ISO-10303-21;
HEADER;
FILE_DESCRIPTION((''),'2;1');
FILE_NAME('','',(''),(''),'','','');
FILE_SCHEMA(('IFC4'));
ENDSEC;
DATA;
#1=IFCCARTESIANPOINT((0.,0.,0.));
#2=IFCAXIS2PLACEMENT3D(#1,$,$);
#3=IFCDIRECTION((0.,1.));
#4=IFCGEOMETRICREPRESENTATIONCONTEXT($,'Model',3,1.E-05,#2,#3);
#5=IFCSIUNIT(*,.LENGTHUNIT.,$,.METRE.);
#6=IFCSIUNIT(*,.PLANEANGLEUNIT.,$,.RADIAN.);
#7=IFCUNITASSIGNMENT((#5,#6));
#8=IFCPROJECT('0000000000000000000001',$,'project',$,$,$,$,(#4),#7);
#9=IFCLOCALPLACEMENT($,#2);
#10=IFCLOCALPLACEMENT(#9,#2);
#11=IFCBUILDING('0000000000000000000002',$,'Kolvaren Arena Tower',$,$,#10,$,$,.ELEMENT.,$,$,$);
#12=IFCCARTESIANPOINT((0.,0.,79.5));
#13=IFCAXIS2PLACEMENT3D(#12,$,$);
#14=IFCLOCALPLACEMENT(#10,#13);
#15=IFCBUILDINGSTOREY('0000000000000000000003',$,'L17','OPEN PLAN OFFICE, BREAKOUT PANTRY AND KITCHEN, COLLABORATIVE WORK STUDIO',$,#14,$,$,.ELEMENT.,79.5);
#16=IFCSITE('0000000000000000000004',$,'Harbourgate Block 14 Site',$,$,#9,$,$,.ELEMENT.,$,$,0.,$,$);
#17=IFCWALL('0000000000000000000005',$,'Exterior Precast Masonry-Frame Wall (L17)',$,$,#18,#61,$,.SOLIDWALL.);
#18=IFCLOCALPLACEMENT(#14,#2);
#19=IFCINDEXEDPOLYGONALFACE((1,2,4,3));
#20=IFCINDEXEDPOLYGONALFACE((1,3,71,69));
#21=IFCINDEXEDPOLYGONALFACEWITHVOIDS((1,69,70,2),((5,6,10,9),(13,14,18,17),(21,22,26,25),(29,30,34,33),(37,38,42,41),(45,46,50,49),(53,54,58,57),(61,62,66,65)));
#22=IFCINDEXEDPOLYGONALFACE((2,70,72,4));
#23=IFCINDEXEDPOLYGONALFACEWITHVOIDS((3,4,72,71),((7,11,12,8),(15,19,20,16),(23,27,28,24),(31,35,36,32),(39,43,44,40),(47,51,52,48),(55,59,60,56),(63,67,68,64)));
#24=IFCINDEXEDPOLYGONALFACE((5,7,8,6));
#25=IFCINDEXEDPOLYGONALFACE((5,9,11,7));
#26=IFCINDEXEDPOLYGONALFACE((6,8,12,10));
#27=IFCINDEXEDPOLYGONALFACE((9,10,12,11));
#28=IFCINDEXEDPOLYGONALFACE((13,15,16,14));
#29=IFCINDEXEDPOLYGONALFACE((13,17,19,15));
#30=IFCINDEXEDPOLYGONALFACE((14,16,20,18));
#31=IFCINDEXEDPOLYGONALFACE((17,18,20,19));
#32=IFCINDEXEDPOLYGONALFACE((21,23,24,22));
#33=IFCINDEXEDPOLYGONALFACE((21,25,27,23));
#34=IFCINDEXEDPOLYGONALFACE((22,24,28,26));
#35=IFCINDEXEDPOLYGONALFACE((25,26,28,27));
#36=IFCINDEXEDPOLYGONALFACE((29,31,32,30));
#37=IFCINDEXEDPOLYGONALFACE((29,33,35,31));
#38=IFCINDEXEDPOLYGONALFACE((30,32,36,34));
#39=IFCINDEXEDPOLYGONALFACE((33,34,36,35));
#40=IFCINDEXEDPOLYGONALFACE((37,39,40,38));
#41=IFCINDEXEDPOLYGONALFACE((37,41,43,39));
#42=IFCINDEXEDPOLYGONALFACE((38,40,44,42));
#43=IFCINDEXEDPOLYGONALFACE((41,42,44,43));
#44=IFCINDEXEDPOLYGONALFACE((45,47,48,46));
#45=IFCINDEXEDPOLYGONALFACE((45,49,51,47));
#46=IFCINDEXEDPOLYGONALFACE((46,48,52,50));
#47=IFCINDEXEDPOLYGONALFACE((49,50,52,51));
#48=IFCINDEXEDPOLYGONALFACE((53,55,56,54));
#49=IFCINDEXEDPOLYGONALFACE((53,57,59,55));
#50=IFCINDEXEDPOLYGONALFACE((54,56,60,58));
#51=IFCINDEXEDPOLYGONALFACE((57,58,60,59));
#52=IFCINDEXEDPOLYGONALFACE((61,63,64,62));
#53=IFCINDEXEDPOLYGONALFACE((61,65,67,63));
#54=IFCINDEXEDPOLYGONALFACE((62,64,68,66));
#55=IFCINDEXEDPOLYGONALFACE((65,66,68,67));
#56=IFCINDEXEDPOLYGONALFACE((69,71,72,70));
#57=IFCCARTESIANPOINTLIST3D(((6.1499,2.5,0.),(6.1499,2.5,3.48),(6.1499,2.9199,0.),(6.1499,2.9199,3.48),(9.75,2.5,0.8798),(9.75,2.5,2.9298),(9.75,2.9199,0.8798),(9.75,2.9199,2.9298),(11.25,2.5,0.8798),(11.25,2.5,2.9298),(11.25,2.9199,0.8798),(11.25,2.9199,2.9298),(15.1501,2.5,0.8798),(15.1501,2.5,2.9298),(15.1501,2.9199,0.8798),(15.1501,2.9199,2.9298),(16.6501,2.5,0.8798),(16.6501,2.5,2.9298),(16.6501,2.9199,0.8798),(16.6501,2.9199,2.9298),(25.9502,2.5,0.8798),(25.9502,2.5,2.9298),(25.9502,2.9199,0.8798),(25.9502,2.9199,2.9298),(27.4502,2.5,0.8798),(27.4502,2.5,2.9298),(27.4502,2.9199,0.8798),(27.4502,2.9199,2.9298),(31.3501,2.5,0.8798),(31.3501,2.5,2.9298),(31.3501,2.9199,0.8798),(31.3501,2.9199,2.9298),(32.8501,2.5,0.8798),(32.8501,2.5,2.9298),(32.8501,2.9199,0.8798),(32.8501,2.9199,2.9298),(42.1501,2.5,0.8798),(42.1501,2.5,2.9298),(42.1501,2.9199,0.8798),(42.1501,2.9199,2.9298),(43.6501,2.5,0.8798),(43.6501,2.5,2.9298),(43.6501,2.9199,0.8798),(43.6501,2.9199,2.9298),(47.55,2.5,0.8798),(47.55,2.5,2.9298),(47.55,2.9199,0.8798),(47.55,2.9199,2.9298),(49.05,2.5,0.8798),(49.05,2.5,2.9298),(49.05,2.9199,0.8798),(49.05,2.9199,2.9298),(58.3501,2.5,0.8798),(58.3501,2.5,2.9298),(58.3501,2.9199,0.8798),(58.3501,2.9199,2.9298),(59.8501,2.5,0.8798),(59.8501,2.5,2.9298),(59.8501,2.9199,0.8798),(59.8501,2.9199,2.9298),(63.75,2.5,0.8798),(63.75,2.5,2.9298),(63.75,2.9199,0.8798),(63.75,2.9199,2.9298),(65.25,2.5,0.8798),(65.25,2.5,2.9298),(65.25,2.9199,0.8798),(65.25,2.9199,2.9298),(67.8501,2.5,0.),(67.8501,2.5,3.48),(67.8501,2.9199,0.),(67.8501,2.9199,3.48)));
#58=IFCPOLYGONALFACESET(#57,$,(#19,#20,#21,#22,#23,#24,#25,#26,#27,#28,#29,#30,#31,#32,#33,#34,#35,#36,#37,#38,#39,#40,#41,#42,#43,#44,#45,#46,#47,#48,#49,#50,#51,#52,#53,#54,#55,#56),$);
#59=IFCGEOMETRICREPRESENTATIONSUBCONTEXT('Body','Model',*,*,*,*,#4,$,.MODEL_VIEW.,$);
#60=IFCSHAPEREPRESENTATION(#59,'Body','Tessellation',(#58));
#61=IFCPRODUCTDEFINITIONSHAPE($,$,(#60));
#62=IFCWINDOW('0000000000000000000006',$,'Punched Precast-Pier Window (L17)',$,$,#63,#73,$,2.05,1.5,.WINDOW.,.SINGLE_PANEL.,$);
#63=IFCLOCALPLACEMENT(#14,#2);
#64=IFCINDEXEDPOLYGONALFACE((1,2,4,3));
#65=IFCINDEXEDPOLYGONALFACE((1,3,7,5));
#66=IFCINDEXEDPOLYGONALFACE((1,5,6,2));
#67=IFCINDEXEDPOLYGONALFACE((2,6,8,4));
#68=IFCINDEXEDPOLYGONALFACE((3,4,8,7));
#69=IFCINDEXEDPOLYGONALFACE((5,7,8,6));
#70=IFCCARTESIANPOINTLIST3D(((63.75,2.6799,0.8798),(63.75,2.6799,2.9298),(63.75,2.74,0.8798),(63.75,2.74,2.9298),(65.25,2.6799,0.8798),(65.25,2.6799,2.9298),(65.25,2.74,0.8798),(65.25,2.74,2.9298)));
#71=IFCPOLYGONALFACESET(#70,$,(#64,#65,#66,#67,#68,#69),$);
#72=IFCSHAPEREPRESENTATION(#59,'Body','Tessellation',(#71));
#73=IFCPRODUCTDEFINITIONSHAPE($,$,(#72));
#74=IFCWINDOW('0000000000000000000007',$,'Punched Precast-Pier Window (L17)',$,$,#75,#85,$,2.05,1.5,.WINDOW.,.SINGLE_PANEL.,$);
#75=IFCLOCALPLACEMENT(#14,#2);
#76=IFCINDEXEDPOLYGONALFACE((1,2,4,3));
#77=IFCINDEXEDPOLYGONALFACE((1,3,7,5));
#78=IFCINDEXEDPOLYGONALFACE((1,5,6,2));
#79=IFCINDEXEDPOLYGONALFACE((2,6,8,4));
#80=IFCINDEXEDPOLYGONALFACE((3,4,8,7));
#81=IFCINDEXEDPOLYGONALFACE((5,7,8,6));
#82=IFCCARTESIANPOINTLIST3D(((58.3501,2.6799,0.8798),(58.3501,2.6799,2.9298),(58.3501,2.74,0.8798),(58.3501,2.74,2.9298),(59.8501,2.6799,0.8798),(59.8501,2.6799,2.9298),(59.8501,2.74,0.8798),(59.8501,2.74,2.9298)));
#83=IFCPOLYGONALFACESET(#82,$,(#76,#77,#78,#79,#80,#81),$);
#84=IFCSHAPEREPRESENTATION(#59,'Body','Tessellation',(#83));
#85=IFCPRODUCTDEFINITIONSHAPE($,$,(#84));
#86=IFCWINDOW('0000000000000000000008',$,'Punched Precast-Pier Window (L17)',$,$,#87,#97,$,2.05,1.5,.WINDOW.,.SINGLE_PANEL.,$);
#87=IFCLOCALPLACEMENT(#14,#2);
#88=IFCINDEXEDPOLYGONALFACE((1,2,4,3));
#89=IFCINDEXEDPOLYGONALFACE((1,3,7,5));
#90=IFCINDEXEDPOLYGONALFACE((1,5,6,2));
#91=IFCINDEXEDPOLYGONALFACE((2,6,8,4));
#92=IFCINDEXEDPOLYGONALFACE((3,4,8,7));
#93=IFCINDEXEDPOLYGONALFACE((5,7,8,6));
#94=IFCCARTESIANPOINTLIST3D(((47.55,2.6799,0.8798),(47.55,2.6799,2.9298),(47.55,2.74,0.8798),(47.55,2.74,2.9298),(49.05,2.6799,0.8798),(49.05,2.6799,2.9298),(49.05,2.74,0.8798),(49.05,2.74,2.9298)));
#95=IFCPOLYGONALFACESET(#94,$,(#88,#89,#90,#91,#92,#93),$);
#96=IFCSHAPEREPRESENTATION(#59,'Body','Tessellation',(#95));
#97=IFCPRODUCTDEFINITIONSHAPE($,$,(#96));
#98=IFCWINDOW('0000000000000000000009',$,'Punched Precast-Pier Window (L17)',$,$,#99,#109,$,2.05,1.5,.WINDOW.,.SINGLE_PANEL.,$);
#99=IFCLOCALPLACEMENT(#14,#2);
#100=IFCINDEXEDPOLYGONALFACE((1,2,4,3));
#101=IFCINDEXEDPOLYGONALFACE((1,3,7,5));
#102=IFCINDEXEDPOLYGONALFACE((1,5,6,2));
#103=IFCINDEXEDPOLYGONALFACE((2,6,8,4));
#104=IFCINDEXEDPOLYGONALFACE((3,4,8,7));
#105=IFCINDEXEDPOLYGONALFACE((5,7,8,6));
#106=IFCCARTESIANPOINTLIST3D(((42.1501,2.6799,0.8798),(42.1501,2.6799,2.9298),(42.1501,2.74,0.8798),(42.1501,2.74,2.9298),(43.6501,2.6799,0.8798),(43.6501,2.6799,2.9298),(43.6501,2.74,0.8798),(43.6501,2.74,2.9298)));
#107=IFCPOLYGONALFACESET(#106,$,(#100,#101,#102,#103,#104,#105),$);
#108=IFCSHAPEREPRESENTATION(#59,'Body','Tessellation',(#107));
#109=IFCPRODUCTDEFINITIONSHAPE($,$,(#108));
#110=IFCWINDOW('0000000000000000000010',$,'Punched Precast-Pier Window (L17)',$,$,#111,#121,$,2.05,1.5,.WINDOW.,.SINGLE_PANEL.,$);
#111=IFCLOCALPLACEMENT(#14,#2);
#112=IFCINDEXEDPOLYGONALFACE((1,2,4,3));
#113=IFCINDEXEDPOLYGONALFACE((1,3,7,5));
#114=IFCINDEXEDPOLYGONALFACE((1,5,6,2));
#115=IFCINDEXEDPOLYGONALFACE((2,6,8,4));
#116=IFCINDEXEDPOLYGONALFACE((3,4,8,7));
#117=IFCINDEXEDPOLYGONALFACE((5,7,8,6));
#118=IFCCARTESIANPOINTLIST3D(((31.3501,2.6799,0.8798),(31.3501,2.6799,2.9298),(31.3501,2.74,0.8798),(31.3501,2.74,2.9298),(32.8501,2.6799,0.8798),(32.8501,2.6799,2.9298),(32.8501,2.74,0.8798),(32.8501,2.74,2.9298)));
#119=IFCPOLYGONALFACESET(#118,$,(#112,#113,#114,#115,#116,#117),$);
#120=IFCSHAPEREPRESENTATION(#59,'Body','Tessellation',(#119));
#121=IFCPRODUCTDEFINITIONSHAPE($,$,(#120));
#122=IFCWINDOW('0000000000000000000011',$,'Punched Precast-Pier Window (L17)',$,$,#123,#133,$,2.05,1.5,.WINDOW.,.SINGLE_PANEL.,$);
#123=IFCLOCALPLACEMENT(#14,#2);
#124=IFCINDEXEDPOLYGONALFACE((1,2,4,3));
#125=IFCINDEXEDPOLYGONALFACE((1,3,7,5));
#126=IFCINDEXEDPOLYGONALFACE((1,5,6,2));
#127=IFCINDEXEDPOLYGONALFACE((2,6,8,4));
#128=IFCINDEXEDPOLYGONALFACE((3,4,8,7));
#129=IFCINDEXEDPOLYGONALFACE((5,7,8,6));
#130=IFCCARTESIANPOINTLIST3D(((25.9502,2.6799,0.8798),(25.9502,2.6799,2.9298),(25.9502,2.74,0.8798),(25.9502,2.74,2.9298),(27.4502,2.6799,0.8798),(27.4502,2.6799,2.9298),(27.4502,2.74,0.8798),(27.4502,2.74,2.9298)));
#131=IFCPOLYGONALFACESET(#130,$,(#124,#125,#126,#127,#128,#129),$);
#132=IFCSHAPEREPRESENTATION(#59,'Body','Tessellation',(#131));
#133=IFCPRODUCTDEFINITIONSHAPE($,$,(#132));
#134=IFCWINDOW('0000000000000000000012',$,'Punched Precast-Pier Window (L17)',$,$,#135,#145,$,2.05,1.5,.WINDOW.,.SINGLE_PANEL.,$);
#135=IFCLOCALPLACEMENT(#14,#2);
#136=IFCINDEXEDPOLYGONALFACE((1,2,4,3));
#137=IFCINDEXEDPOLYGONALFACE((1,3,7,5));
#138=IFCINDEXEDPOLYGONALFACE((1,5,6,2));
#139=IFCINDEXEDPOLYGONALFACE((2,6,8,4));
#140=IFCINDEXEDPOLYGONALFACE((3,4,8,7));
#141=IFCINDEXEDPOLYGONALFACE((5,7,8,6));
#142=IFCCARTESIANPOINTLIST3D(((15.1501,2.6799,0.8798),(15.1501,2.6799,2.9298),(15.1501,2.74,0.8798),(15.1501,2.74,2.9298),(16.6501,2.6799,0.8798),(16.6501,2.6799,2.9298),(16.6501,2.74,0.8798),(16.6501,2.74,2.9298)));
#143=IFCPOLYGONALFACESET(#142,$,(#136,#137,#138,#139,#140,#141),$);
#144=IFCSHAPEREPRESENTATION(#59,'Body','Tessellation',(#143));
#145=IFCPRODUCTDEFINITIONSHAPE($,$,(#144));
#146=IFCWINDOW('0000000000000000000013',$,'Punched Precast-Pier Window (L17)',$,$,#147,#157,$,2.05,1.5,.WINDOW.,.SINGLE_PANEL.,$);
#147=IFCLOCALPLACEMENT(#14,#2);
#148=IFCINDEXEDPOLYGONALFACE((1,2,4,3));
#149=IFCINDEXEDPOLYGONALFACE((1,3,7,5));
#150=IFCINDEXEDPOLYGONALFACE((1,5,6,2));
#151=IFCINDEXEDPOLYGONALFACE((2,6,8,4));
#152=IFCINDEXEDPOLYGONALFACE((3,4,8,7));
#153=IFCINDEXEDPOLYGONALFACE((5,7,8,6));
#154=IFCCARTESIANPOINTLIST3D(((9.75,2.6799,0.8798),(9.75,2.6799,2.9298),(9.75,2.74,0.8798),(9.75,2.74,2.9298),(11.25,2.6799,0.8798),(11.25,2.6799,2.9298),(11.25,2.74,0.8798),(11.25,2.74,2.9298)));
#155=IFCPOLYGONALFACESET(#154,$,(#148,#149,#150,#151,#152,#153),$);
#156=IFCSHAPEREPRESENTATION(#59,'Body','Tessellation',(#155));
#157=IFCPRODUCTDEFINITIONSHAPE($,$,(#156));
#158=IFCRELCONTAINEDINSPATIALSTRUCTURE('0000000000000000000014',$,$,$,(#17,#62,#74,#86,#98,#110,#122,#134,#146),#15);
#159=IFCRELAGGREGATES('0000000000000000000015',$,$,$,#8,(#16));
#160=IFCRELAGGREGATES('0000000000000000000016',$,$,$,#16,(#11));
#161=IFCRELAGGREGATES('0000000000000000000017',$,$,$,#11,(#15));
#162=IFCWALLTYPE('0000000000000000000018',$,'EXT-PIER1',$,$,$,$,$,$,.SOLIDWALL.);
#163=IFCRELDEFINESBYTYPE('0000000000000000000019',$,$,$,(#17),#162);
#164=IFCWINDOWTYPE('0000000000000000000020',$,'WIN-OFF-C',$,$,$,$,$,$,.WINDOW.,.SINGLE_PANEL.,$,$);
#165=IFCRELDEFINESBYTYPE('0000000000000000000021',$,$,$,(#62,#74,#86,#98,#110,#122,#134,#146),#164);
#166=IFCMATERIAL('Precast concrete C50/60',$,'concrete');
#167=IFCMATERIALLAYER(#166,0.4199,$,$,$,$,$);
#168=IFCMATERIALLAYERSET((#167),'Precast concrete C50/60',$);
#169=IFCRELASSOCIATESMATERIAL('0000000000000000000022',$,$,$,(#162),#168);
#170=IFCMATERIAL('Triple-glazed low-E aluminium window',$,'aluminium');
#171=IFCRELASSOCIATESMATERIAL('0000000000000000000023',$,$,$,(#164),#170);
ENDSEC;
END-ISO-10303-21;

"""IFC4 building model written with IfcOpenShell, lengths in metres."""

from ifc_helpers import new_model, si_unit, direction, frame, frame_2d, origin, place, context, subcontext, project, spatial, rectangle, extrude, material, layer, layer_set, type_object, element, fill, save


model = new_model("IFC4")

# Units and contexts
model_context = context("Model", 3, precision=1e-05, world=origin(), true_north=direction((0.0, 1.0)))
body_context = subcontext(model_context, "Body", "Model", "MODEL_VIEW")
ifc_project = project(units=[si_unit("LENGTHUNIT", "METRE"), si_unit("PLANEANGLEUNIT", "RADIAN")], contexts=[model_context])

# Site, building, storey
site_placement = place(None, origin())
site = spatial("IfcSite", under=ifc_project, at=site_placement, Name="Harbourgate Block 14 Site", CompositionType="ELEMENT", RefElevation=0.0)
building_placement = place(site_placement, origin())
building = spatial("IfcBuilding", under=site, at=building_placement, Name="Kolvaren Arena Tower", CompositionType="ELEMENT")
storey_placement = place(building_placement, frame((0.0, 0.0, 79.5)))
storey = spatial("IfcBuildingStorey", under=building, at=storey_placement, Name="L17", Description="OPEN PLAN OFFICE, BREAKOUT PANTRY AND KITCHEN, COLLABORATIVE WORK STUDIO", CompositionType="ELEMENT", Elevation=79.5)

# Shared definitions
ifc_material_1 = material(Name="Precast concrete C50/60", Category="concrete")
ifc_layer_1 = layer(ifc_material_1, 0.4199)
ifc_layer_set_1 = layer_set([ifc_layer_1], Name="Precast concrete C50/60")
wall_type_1 = type_object("IfcWallType", Name="EXT-PIER1", PredefinedType="SOLIDWALL", material=ifc_layer_set_1)

# Wall, openings, windows
wall_1_placement = place(storey_placement, frame((67.8501, 2.71, 0.0), z_axis=(0.0, 0.0, 1.0), x_axis=(-1.0, 0.0, 0.0)))
wall_1 = element("IfcWall", 1, at=wall_1_placement, inside=storey, type_object=wall_type_1, Name="Exterior Precast Masonry-Frame Wall (L17)", PredefinedType="SOLIDWALL", context=body_context, shape_type="SweptSolid", body=[
    extrude(rectangle(XDim=61.7002, YDim=0.4199, at=frame_2d((30.8501, 0.0))), origin(), (0.0, 0.0, 1.0), 3.48),
])
opening_1_placement = place(wall_1_placement, frame((2.6001, 0.0, 0.8799)))
opening_1 = element("IfcOpeningElement", 2, at=opening_1_placement, cuts=wall_1, PredefinedType="OPENING", context=body_context, shape_type="SweptSolid", body=[
    extrude(rectangle(XDim=1.5, YDim=2.05, at=frame_2d((0.75, 1.0249))), frame((0.0, 0.22, 0.0), z_axis=(0.0, -1.0, 0.0), x_axis=(1.0, 0.0, 0.0)), (0.0, 0.0, 1.0), 0.4399),
])
opening_2_placement = place(wall_1_placement, frame((8.0, 0.0, 0.8799)))
opening_2 = element("IfcOpeningElement", 3, at=opening_2_placement, cuts=wall_1, PredefinedType="OPENING", context=body_context, shape_type="SweptSolid", body=[
    extrude(rectangle(XDim=1.5, YDim=2.05, at=frame_2d((0.75, 1.0249))), frame((0.0, 0.22, 0.0), z_axis=(0.0, -1.0, 0.0), x_axis=(1.0, 0.0, 0.0)), (0.0, 0.0, 1.0), 0.4399),
])
opening_3_placement = place(wall_1_placement, frame((18.8, 0.0, 0.8799)))
opening_3 = element("IfcOpeningElement", 4, at=opening_3_placement, cuts=wall_1, PredefinedType="OPENING", context=body_context, shape_type="SweptSolid", body=[
    extrude(rectangle(XDim=1.5, YDim=2.05, at=frame_2d((0.75, 1.0249))), frame((0.0, 0.22, 0.0), z_axis=(0.0, -1.0, 0.0), x_axis=(1.0, 0.0, 0.0)), (0.0, 0.0, 1.0), 0.4399),
])
opening_4_placement = place(wall_1_placement, frame((24.2, 0.0, 0.8799)))
opening_4 = element("IfcOpeningElement", 5, at=opening_4_placement, cuts=wall_1, PredefinedType="OPENING", context=body_context, shape_type="SweptSolid", body=[
    extrude(rectangle(XDim=1.5, YDim=2.05, at=frame_2d((0.75, 1.0249))), frame((0.0, 0.22, 0.0), z_axis=(0.0, -1.0, 0.0), x_axis=(1.0, 0.0, 0.0)), (0.0, 0.0, 1.0), 0.4399),
])
opening_5_placement = place(wall_1_placement, frame((35.0, 0.0, 0.8799)))
opening_5 = element("IfcOpeningElement", 6, at=opening_5_placement, cuts=wall_1, PredefinedType="OPENING", context=body_context, shape_type="SweptSolid", body=[
    extrude(rectangle(XDim=1.5, YDim=2.05, at=frame_2d((0.75, 1.0249))), frame((0.0, 0.22, 0.0), z_axis=(0.0, -1.0, 0.0), x_axis=(1.0, 0.0, 0.0)), (0.0, 0.0, 1.0), 0.4399),
])
opening_6_placement = place(wall_1_placement, frame((40.3999, 0.0, 0.8799)))
opening_6 = element("IfcOpeningElement", 7, at=opening_6_placement, cuts=wall_1, PredefinedType="OPENING", context=body_context, shape_type="SweptSolid", body=[
    extrude(rectangle(XDim=1.5, YDim=2.05, at=frame_2d((0.75, 1.0249))), frame((0.0, 0.22, 0.0), z_axis=(0.0, -1.0, 0.0), x_axis=(1.0, 0.0, 0.0)), (0.0, 0.0, 1.0), 0.4399),
])
opening_7_placement = place(wall_1_placement, frame((51.2, 0.0, 0.8799)))
opening_7 = element("IfcOpeningElement", 8, at=opening_7_placement, cuts=wall_1, PredefinedType="OPENING", context=body_context, shape_type="SweptSolid", body=[
    extrude(rectangle(XDim=1.5, YDim=2.05, at=frame_2d((0.75, 1.0249))), frame((0.0, 0.22, 0.0), z_axis=(0.0, -1.0, 0.0), x_axis=(1.0, 0.0, 0.0)), (0.0, 0.0, 1.0), 0.4399),
])
opening_8_placement = place(wall_1_placement, frame((56.6001, 0.0, 0.8799)))
opening_8 = element("IfcOpeningElement", 9, at=opening_8_placement, cuts=wall_1, PredefinedType="OPENING", context=body_context, shape_type="SweptSolid", body=[
    extrude(rectangle(XDim=1.5, YDim=2.05, at=frame_2d((0.75, 1.0249))), frame((0.0, 0.22, 0.0), z_axis=(0.0, -1.0, 0.0), x_axis=(1.0, 0.0, 0.0)), (0.0, 0.0, 1.0), 0.4399),
])
ifc_material_2 = material(Name="Triple-glazed low-E aluminium window", Category="aluminium")
window_type = type_object("IfcWindowType", Name="WIN-OFF-C", PartitioningType="SINGLE_PANEL", PredefinedType="WINDOW", material=ifc_material_2)
window_1_placement = place(opening_1_placement, origin())
window_1 = element("IfcWindow", 10, at=window_1_placement, inside=storey, type_object=window_type, Name="Punched Precast-Pier Window (L17)", OverallHeight=2.05, OverallWidth=1.5, PartitioningType="SINGLE_PANEL", PredefinedType="WINDOW", context=body_context, shape_type="SweptSolid", body=[
    extrude(rectangle(XDim=1.5, YDim=2.05, at=frame_2d((0.75, 1.0249))), frame((0.0, 0.03, 0.0), z_axis=(0.0, -1.0, 0.0), x_axis=(1.0, 0.0, 0.0)), (0.0, 0.0, 1.0), 0.0601),
])
fill(opening_1, window_1)
window_2_placement = place(opening_2_placement, origin())
window_2 = element("IfcWindow", 11, at=window_2_placement, inside=storey, type_object=window_type, Name="Punched Precast-Pier Window (L17)", OverallHeight=2.05, OverallWidth=1.5, PartitioningType="SINGLE_PANEL", PredefinedType="WINDOW", context=body_context, shape_type="SweptSolid", body=[
    extrude(rectangle(XDim=1.5, YDim=2.05, at=frame_2d((0.75, 1.0249))), frame((0.0, 0.03, 0.0), z_axis=(0.0, -1.0, 0.0), x_axis=(1.0, 0.0, 0.0)), (0.0, 0.0, 1.0), 0.0601),
])
fill(opening_2, window_2)
window_3_placement = place(opening_3_placement, origin())
window_3 = element("IfcWindow", 12, at=window_3_placement, inside=storey, type_object=window_type, Name="Punched Precast-Pier Window (L17)", OverallHeight=2.05, OverallWidth=1.5, PartitioningType="SINGLE_PANEL", PredefinedType="WINDOW", context=body_context, shape_type="SweptSolid", body=[
    extrude(rectangle(XDim=1.5, YDim=2.05, at=frame_2d((0.75, 1.0249))), frame((0.0, 0.03, 0.0), z_axis=(0.0, -1.0, 0.0), x_axis=(1.0, 0.0, 0.0)), (0.0, 0.0, 1.0), 0.0601),
])
fill(opening_3, window_3)
window_4_placement = place(opening_4_placement, origin())
window_4 = element("IfcWindow", 13, at=window_4_placement, inside=storey, type_object=window_type, Name="Punched Precast-Pier Window (L17)", OverallHeight=2.05, OverallWidth=1.5, PartitioningType="SINGLE_PANEL", PredefinedType="WINDOW", context=body_context, shape_type="SweptSolid", body=[
    extrude(rectangle(XDim=1.5, YDim=2.05, at=frame_2d((0.75, 1.0249))), frame((0.0, 0.03, 0.0), z_axis=(0.0, -1.0, 0.0), x_axis=(1.0, 0.0, 0.0)), (0.0, 0.0, 1.0), 0.0601),
])
fill(opening_4, window_4)
window_5_placement = place(opening_5_placement, origin())
window_5 = element("IfcWindow", 14, at=window_5_placement, inside=storey, type_object=window_type, Name="Punched Precast-Pier Window (L17)", OverallHeight=2.05, OverallWidth=1.5, PartitioningType="SINGLE_PANEL", PredefinedType="WINDOW", context=body_context, shape_type="SweptSolid", body=[
    extrude(rectangle(XDim=1.5, YDim=2.05, at=frame_2d((0.75, 1.0249))), frame((0.0, 0.03, 0.0), z_axis=(0.0, -1.0, 0.0), x_axis=(1.0, 0.0, 0.0)), (0.0, 0.0, 1.0), 0.0601),
])
fill(opening_5, window_5)
window_6_placement = place(opening_6_placement, origin())
window_6 = element("IfcWindow", 15, at=window_6_placement, inside=storey, type_object=window_type, Name="Punched Precast-Pier Window (L17)", OverallHeight=2.05, OverallWidth=1.5, PartitioningType="SINGLE_PANEL", PredefinedType="WINDOW", context=body_context, shape_type="SweptSolid", body=[
    extrude(rectangle(XDim=1.5, YDim=2.05, at=frame_2d((0.75, 1.0249))), frame((0.0, 0.03, 0.0), z_axis=(0.0, -1.0, 0.0), x_axis=(1.0, 0.0, 0.0)), (0.0, 0.0, 1.0), 0.0601),
])
fill(opening_6, window_6)
window_7_placement = place(opening_7_placement, origin())
window_7 = element("IfcWindow", 16, at=window_7_placement, inside=storey, type_object=window_type, Name="Punched Precast-Pier Window (L17)", OverallHeight=2.05, OverallWidth=1.5, PartitioningType="SINGLE_PANEL", PredefinedType="WINDOW", context=body_context, shape_type="SweptSolid", body=[
    extrude(rectangle(XDim=1.5, YDim=2.05, at=frame_2d((0.75, 1.0249))), frame((0.0, 0.03, 0.0), z_axis=(0.0, -1.0, 0.0), x_axis=(1.0, 0.0, 0.0)), (0.0, 0.0, 1.0), 0.0601),
])
fill(opening_7, window_7)
window_8_placement = place(opening_8_placement, origin())
window_8 = element("IfcWindow", 17, at=window_8_placement, inside=storey, type_object=window_type, Name="Punched Precast-Pier Window (L17)", OverallHeight=2.05, OverallWidth=1.5, PartitioningType="SINGLE_PANEL", PredefinedType="WINDOW", context=body_context, shape_type="SweptSolid", body=[
    extrude(rectangle(XDim=1.5, YDim=2.05, at=frame_2d((0.75, 1.0249))), frame((0.0, 0.03, 0.0), z_axis=(0.0, -1.0, 0.0), x_axis=(1.0, 0.0, 0.0)), (0.0, 0.0, 1.0), 0.0601),
])
fill(opening_8, window_8)

save(model, "model.ifc")
